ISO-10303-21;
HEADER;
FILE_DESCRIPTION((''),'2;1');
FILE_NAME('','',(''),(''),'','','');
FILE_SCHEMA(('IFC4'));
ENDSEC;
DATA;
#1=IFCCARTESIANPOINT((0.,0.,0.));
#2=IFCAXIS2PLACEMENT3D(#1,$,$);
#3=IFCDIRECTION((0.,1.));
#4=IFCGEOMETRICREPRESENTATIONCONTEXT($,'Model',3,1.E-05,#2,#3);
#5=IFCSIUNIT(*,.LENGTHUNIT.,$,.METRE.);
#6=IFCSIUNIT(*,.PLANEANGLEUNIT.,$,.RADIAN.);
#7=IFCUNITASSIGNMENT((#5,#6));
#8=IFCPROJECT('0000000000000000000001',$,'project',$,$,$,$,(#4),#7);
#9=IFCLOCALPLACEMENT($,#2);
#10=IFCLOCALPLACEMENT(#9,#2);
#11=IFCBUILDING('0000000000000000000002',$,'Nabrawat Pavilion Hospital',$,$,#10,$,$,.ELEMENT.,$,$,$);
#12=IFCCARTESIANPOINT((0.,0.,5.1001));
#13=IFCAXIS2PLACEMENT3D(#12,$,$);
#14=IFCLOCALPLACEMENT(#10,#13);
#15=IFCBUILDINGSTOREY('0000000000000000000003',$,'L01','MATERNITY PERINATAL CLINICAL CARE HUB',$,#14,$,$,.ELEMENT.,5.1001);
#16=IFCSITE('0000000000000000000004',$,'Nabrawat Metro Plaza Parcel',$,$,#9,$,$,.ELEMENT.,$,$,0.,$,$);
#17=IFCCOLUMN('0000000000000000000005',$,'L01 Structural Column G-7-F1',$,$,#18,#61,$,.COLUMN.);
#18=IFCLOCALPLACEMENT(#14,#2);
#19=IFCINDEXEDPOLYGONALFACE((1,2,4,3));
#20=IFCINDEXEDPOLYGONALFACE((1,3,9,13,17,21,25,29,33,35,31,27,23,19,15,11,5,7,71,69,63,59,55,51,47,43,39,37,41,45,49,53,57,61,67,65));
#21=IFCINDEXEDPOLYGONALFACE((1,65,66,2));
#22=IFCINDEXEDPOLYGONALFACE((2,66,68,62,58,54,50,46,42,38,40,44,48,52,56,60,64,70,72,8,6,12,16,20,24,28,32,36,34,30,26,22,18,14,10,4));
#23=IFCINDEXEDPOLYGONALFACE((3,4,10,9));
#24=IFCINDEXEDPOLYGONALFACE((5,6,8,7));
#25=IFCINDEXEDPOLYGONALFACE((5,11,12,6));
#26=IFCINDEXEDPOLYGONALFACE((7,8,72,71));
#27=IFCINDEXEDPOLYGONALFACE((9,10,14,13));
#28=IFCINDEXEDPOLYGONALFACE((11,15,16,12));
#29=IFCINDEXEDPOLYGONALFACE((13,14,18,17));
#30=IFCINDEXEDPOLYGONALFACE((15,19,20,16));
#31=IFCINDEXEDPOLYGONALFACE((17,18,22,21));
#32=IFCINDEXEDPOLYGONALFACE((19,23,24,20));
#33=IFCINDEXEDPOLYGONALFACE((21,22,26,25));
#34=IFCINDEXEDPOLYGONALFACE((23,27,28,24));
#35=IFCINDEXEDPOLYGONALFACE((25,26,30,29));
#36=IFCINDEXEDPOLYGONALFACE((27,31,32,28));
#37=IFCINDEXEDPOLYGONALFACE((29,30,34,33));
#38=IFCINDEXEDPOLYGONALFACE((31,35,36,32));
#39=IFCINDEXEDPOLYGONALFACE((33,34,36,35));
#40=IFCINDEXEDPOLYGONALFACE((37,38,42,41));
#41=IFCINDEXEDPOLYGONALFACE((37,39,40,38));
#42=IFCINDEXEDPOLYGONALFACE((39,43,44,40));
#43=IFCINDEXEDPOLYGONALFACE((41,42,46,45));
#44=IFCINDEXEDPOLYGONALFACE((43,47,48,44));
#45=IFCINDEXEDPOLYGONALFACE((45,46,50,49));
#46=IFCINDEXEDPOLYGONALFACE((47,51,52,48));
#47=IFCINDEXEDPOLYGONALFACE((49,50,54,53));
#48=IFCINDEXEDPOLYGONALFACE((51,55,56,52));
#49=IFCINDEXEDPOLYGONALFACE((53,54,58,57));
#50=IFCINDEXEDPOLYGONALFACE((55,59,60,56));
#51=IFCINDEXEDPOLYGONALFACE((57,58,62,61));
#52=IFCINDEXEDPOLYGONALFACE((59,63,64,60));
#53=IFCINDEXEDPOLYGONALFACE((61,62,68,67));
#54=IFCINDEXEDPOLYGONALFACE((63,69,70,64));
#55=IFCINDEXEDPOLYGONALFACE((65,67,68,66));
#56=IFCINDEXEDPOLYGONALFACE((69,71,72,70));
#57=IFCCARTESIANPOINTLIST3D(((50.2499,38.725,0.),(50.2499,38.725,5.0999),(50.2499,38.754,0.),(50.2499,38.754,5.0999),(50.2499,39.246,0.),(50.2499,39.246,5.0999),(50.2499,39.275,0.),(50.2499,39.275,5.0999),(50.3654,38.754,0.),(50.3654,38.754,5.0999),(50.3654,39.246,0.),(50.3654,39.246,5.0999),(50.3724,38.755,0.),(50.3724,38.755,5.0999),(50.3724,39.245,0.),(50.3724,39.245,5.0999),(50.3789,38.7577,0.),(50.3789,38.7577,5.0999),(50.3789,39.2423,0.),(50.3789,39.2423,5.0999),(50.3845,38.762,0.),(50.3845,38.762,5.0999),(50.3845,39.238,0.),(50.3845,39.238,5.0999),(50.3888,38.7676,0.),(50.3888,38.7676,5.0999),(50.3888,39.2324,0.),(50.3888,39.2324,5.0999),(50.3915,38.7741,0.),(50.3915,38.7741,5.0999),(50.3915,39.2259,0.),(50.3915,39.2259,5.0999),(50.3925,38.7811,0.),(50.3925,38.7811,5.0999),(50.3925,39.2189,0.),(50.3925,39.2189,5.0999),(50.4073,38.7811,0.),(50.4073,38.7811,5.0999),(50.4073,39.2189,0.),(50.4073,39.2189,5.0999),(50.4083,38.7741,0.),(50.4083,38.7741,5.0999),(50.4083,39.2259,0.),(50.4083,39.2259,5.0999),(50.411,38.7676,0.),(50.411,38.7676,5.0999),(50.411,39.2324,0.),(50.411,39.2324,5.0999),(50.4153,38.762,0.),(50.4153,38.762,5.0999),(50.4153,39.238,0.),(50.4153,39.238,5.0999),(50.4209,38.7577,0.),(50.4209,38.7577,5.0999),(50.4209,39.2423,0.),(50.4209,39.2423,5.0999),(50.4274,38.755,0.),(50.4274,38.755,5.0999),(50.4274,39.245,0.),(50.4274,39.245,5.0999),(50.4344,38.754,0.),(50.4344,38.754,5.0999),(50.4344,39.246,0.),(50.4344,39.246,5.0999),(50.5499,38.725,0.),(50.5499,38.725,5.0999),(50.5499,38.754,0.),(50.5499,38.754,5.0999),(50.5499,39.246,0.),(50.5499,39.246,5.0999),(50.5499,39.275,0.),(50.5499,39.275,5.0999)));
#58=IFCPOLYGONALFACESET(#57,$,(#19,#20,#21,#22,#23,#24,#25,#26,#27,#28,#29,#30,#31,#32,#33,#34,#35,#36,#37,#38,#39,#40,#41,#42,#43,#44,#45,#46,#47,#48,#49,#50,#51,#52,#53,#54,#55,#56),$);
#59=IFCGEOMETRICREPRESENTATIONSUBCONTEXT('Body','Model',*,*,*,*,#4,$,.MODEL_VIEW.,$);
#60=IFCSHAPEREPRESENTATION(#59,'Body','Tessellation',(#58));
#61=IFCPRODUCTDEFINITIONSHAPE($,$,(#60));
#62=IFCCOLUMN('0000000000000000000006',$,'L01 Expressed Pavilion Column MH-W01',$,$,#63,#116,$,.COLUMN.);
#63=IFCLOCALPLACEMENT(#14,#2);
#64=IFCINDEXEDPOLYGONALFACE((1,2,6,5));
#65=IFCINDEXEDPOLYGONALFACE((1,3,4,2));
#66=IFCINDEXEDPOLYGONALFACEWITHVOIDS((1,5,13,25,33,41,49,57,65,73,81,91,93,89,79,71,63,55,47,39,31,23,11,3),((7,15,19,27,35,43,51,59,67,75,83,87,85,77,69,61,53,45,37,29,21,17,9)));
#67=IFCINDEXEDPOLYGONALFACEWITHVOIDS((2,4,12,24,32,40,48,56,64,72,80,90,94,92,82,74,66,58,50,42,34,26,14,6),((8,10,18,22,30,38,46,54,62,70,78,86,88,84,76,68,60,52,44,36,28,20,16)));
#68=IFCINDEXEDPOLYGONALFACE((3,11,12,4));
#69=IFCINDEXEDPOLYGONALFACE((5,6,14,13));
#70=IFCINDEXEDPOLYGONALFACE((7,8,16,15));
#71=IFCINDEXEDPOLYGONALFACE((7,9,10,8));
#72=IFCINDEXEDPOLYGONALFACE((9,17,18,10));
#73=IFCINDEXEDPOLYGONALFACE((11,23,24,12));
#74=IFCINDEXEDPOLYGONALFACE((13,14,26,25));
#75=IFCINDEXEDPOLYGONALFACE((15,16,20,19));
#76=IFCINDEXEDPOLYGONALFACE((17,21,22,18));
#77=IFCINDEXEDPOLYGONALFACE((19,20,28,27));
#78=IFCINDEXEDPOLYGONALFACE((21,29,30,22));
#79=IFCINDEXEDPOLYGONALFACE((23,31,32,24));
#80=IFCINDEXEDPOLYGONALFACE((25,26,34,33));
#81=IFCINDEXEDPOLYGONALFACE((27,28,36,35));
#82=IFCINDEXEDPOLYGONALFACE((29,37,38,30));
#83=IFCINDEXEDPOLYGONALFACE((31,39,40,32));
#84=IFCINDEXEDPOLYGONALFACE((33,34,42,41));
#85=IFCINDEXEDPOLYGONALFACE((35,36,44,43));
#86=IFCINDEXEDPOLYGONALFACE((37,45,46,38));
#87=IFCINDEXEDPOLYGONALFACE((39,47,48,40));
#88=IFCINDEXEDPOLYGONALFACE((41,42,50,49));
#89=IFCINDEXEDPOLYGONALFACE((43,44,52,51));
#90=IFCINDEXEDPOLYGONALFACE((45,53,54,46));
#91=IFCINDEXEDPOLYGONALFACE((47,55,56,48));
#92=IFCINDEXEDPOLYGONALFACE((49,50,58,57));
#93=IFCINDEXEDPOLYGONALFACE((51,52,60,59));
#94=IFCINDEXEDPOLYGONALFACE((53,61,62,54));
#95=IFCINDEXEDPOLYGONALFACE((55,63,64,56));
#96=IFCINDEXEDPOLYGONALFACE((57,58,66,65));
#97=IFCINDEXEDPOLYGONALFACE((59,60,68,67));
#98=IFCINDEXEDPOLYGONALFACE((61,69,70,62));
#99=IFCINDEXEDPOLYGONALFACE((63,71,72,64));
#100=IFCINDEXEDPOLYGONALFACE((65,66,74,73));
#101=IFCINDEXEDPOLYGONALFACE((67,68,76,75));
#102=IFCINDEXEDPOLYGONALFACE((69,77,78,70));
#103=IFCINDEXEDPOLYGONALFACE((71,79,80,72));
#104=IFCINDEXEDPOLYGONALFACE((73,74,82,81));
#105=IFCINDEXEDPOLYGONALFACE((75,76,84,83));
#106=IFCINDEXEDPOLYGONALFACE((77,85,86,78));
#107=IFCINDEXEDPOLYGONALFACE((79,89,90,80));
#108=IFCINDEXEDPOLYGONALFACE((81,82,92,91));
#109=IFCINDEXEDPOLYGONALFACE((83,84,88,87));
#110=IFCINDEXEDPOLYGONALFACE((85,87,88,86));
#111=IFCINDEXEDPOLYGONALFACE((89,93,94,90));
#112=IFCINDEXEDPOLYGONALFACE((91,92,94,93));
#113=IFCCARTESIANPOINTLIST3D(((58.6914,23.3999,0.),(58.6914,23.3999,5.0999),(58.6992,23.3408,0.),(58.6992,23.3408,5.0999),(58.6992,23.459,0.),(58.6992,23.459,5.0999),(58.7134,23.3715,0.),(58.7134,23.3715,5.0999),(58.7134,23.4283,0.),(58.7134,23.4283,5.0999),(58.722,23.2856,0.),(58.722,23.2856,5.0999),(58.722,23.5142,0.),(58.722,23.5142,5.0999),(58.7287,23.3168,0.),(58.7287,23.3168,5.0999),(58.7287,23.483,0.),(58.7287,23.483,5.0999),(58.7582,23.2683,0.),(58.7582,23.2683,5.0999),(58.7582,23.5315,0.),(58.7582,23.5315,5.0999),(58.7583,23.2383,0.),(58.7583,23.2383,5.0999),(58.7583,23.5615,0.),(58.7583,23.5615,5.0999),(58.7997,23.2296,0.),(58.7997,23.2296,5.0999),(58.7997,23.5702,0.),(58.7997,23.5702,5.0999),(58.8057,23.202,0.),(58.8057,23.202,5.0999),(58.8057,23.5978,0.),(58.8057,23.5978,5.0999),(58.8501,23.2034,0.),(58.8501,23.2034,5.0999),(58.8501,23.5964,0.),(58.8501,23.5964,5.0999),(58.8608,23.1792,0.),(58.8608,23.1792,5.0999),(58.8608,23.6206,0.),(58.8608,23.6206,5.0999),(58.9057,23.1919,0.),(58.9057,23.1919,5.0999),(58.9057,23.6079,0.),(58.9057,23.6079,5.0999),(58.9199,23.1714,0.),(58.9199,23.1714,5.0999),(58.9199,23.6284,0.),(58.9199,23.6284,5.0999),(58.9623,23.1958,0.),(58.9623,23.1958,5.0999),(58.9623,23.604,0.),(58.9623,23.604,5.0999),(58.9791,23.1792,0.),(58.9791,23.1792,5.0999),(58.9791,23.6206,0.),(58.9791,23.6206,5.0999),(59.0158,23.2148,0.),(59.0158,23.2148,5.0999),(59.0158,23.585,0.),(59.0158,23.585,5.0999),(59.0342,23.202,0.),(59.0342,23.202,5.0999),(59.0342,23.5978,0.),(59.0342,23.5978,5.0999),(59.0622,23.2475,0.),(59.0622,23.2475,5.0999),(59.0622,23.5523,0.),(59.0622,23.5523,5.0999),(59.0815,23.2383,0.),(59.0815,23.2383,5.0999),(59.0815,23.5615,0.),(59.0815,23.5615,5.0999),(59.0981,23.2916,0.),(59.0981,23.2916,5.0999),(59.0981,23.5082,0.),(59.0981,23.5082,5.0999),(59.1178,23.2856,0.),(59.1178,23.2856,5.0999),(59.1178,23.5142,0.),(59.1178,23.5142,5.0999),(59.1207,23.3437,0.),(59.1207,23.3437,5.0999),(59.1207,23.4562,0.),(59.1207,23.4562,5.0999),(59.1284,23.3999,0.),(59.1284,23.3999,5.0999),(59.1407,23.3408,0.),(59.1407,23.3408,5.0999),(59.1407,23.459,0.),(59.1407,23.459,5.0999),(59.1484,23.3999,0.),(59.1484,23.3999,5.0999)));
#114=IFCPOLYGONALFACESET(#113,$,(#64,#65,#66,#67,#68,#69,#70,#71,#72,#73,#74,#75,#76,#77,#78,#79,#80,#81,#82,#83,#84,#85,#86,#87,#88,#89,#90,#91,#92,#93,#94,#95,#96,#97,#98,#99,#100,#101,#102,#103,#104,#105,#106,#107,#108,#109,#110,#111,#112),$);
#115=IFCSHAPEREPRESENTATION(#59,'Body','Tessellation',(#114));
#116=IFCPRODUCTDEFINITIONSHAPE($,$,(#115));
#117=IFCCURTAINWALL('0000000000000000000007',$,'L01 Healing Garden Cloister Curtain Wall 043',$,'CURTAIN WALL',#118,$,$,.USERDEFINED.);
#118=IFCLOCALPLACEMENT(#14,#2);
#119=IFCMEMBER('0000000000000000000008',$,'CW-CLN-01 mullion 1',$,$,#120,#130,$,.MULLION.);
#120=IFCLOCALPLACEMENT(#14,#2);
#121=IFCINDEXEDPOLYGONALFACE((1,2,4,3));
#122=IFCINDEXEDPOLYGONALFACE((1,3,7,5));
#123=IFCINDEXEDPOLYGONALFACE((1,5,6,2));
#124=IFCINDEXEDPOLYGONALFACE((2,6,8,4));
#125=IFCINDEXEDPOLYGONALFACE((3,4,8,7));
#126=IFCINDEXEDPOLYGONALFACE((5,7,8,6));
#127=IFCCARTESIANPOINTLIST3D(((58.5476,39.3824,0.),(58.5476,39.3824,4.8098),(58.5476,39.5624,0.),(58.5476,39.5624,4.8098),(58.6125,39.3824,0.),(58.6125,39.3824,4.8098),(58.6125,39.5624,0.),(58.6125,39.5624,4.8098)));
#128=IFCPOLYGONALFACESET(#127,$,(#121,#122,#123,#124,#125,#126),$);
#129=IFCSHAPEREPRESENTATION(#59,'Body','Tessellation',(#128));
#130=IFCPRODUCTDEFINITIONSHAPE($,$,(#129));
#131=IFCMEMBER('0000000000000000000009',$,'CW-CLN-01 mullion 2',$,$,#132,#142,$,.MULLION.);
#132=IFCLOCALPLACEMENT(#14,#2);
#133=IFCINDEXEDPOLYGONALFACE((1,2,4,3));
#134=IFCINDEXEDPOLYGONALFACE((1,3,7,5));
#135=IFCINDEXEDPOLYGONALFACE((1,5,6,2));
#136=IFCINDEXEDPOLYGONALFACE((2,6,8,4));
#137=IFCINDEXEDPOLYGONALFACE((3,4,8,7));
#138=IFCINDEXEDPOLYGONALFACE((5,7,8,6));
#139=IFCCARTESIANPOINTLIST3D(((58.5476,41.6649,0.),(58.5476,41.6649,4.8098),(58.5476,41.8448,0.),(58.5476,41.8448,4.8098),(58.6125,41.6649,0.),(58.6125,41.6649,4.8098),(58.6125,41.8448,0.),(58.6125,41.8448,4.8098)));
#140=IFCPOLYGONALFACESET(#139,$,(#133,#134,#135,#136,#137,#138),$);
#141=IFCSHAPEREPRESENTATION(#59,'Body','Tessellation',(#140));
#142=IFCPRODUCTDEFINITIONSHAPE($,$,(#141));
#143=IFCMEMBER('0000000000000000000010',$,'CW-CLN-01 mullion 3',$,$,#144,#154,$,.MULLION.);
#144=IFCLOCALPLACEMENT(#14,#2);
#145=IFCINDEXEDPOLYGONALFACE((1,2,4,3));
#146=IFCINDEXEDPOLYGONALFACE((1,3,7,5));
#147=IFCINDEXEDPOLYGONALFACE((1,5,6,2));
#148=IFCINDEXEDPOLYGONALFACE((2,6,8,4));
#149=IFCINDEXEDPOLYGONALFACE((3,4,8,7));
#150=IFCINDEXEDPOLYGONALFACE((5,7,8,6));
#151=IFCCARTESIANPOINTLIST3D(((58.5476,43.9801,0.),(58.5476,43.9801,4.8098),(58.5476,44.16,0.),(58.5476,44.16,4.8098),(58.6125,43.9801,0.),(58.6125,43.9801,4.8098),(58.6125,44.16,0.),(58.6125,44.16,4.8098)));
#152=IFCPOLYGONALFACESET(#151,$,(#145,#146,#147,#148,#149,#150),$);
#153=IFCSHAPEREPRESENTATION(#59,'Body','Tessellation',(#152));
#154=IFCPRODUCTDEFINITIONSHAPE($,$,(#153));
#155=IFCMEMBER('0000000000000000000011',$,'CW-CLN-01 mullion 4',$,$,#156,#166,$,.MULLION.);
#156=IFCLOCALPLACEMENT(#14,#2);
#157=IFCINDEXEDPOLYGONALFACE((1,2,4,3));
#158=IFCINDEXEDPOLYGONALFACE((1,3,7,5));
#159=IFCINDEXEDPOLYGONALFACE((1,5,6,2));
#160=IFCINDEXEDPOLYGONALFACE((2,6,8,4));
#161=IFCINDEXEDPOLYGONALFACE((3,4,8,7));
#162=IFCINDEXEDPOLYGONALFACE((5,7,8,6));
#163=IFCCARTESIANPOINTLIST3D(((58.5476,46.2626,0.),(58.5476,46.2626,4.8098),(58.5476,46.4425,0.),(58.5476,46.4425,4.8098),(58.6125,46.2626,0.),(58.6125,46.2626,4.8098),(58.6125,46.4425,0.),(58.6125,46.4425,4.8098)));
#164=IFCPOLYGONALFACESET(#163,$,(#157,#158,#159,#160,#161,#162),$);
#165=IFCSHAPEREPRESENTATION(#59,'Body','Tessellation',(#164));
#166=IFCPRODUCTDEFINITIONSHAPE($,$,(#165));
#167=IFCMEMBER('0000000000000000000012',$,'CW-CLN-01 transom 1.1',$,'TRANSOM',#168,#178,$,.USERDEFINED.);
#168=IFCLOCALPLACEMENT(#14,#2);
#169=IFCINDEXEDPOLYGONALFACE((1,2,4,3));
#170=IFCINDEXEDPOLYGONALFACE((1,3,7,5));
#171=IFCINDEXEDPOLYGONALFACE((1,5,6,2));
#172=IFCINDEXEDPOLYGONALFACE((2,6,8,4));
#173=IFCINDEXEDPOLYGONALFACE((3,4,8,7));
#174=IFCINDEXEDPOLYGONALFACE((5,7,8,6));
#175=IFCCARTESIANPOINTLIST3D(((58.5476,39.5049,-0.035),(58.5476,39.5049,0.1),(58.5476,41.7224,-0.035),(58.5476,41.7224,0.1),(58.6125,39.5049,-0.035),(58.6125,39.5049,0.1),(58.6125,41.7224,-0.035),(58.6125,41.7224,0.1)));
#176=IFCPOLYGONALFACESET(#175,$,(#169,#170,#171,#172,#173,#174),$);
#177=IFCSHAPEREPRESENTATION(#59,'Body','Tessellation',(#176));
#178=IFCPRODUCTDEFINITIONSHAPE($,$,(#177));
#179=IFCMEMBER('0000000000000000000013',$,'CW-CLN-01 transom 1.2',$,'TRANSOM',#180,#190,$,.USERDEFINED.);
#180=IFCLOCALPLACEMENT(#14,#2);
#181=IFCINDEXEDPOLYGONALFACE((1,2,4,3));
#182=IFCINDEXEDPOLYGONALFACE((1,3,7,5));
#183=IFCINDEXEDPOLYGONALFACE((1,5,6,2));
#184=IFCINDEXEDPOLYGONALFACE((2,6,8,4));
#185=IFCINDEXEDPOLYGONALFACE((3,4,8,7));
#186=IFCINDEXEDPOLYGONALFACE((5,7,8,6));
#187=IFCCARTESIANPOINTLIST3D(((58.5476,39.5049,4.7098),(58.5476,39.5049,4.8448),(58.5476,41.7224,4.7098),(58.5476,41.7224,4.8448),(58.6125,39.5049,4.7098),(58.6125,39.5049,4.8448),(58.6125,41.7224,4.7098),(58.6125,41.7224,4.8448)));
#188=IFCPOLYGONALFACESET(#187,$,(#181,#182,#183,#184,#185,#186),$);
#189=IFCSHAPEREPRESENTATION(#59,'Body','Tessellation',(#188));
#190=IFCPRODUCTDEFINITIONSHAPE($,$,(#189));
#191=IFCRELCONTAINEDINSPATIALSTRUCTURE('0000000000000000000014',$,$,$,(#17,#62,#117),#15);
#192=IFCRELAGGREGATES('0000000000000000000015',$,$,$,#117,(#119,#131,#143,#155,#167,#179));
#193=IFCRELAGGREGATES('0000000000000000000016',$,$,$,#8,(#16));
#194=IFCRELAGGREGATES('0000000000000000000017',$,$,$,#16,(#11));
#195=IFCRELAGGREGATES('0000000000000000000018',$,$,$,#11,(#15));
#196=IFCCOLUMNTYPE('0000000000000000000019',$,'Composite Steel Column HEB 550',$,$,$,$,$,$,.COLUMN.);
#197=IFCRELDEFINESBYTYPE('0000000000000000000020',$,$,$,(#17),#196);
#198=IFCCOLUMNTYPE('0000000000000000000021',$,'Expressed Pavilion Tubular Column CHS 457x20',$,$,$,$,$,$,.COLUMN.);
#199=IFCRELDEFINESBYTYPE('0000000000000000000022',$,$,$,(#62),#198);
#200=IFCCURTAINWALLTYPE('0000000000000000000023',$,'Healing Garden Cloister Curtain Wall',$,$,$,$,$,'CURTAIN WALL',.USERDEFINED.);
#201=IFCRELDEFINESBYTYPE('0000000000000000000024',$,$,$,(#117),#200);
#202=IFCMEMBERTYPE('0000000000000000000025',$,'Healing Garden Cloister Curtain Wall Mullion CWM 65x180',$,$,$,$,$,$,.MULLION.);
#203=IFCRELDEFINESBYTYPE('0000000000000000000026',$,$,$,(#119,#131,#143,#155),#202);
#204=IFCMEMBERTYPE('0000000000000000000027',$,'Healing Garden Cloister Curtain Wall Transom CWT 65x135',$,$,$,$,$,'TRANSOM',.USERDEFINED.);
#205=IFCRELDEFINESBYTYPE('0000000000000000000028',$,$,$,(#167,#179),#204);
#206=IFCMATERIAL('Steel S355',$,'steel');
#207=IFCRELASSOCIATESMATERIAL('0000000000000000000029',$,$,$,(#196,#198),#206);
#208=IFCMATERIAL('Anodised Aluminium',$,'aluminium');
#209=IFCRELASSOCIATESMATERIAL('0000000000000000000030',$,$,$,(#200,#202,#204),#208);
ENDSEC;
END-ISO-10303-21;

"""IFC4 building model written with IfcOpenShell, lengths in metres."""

from ifc_helpers import new_model, si_unit, direction, frame, origin, origin_2d, place, context, subcontext, project, spatial, rectangle, hollow_circle, i_section, extrude, material, material_profile, profile_set, type_object, element, aggregate, save


model = new_model("IFC4")

# Units and contexts
model_context = context("Model", 3, precision=1e-05, world=origin(), true_north=direction((0.0, 1.0)))
body_context = subcontext(model_context, "Body", "Model", "MODEL_VIEW")
ifc_project = project(units=[si_unit("LENGTHUNIT", "METRE"), si_unit("PLANEANGLEUNIT", "RADIAN")], contexts=[model_context])

# Site, building, storey
site_placement = place(None, origin())
site = spatial("IfcSite", under=ifc_project, at=site_placement, Name="Nabrawat Metro Plaza Parcel", CompositionType="ELEMENT", RefElevation=0.0)
building_placement = place(site_placement, origin())
building = spatial("IfcBuilding", under=site, at=building_placement, Name="Nabrawat Pavilion Hospital", CompositionType="ELEMENT")
storey_placement = place(building_placement, frame((0.0, 0.0, 5.1001)))
storey = spatial("IfcBuildingStorey", under=building, at=storey_placement, Name="L01", Description="MATERNITY PERINATAL CLINICAL CARE HUB", CompositionType="ELEMENT", Elevation=5.1001)

# Columns
ifc_material_1 = material(Name="Steel S355", Category="steel")
ifc_material_profile_1 = material_profile(ifc_material_1, i_section(OverallWidth=0.3, OverallDepth=0.55, WebThickness=0.0149, FlangeThickness=0.0291, FilletRadius=0.0271, at=origin_2d()), Name="HEB 550")
ifc_profile_set_1 = profile_set([ifc_material_profile_1], Name="Steel S355")
column_type_1 = type_object("IfcColumnType", Name="Composite Steel Column HEB 550", PredefinedType="COLUMN", material=ifc_profile_set_1)
for number, where, z_axis, x_axis, name in (
    (1, (50.3999, 39.0, 0.0), (0.0, 0.0, 1.0), (1.0, 0.0, 0.0), "L01 Structural Column G-7-F1"),
):
    element("IfcColumn", number, at=place(storey_placement, frame(where, z_axis=z_axis, x_axis=x_axis)), inside=storey, type_object=column_type_1, Name=name, PredefinedType="COLUMN", context=body_context, shape_type="SweptSolid", body=[
        extrude(i_section(OverallWidth=0.3, OverallDepth=0.55, WebThickness=0.0149, FlangeThickness=0.0291, FilletRadius=0.0271, at=origin_2d()), origin(), (0.0, 0.0, 1.0), 5.0999),
    ])
ifc_material_profile_2 = material_profile(ifc_material_1, hollow_circle(Radius=0.2285, WallThickness=0.02, at=origin_2d()), Name="CHS 457x20")
ifc_profile_set_2 = profile_set([ifc_material_profile_2], Name="Steel S355")
column_type_2 = type_object("IfcColumnType", Name="Expressed Pavilion Tubular Column CHS 457x20", PredefinedType="COLUMN", material=ifc_profile_set_2)
column_1_placement = place(storey_placement, frame((58.9199, 23.3999, 0.0), z_axis=(0.0, 0.0, 1.0), x_axis=(1.0, 0.0, 0.0)))
element("IfcColumn", 2, at=column_1_placement, inside=storey, type_object=column_type_2, Name="L01 Expressed Pavilion Column MH-W01", PredefinedType="COLUMN", context=body_context, shape_type="SweptSolid", body=[
    extrude(hollow_circle(Radius=0.2285, WallThickness=0.02, at=origin_2d()), origin(), (0.0, 0.0, 1.0), 5.0999),
])

# Curtain wall, members
ifc_material_2 = material(Name="Anodised Aluminium", Category="aluminium")
curtain_wall_type = type_object("IfcCurtainWallType", Name="Healing Garden Cloister Curtain Wall", ElementType="CURTAIN WALL", PredefinedType="USERDEFINED", material=ifc_material_2)
curtain_wall_placement = place(storey_placement, origin())
curtain_wall = element("IfcCurtainWall", 3, at=curtain_wall_placement, inside=storey, type_object=curtain_wall_type, Name="L01 Healing Garden Cloister Curtain Wall 043", ObjectType="CURTAIN WALL", PredefinedType="USERDEFINED")
ifc_material_profile_3 = material_profile(ifc_material_2, rectangle(XDim=0.0649, YDim=0.1799, at=origin_2d()), Name="CWM 65x180")
ifc_profile_set_3 = profile_set([ifc_material_profile_3], Name="Anodised Aluminium")
member_type_1 = type_object("IfcMemberType", Name="Healing Garden Cloister Curtain Wall Mullion CWM 65x180", PredefinedType="MULLION", material=ifc_profile_set_3)
member_1_placement = place(storey_placement, frame((58.5801, 39.4724, 0.0), z_axis=(0.0, 0.0, 1.0), x_axis=(-1.0, 0.0, 0.0)))
member_1 = element("IfcMember", 4, at=member_1_placement, type_object=member_type_1, Name="CW-CLN-01 mullion 1", PredefinedType="MULLION", context=body_context, shape_type="SweptSolid", body=[
    extrude(rectangle(XDim=0.0649, YDim=0.1799, at=origin_2d()), origin(), (0.0, 0.0, 1.0), 4.8098),
])
member_2_placement = place(storey_placement, frame((58.5801, 41.7549, 0.0), z_axis=(0.0, 0.0, 1.0), x_axis=(-1.0, 0.0, 0.0)))
member_2 = element("IfcMember", 5, at=member_2_placement, type_object=member_type_1, Name="CW-CLN-01 mullion 2", PredefinedType="MULLION", context=body_context, shape_type="SweptSolid", body=[
    extrude(rectangle(XDim=0.0649, YDim=0.1799, at=origin_2d()), origin(), (0.0, 0.0, 1.0), 4.8098),
])
member_3_placement = place(storey_placement, frame((58.5801, 44.0701, 0.0), z_axis=(0.0, 0.0, 1.0), x_axis=(-1.0, 0.0, 0.0)))
member_3 = element("IfcMember", 6, at=member_3_placement, type_object=member_type_1, Name="CW-CLN-01 mullion 3", PredefinedType="MULLION", context=body_context, shape_type="SweptSolid", body=[
    extrude(rectangle(XDim=0.0649, YDim=0.1799, at=origin_2d()), origin(), (0.0, 0.0, 1.0), 4.8098),
])
member_4_placement = place(storey_placement, frame((58.5801, 46.3525, 0.0), z_axis=(0.0, 0.0, 1.0), x_axis=(-1.0, 0.0, 0.0)))
member_4 = element("IfcMember", 7, at=member_4_placement, type_object=member_type_1, Name="CW-CLN-01 mullion 4", PredefinedType="MULLION", context=body_context, shape_type="SweptSolid", body=[
    extrude(rectangle(XDim=0.0649, YDim=0.1799, at=origin_2d()), origin(), (0.0, 0.0, 1.0), 4.8098),
])
ifc_material_profile_4 = material_profile(ifc_material_2, rectangle(XDim=0.0649, YDim=0.135, at=origin_2d()), Name="CWT 65x135")
ifc_profile_set_4 = profile_set([ifc_material_profile_4], Name="Anodised Aluminium")
member_type_2 = type_object("IfcMemberType", Name="Healing Garden Cloister Curtain Wall Transom CWT 65x135", ElementType="TRANSOM", PredefinedType="USERDEFINED", material=ifc_profile_set_4)
member_5_placement = place(storey_placement, frame((58.5801, 39.5049, 0.0325), z_axis=(0.0, 1.0, 0.0), x_axis=(-1.0, 0.0, 0.0)))
member_5 = element("IfcMember", 8, at=member_5_placement, type_object=member_type_2, Name="CW-CLN-01 transom 1.1", ObjectType="TRANSOM", PredefinedType="USERDEFINED", context=body_context, shape_type="SweptSolid", body=[
    extrude(rectangle(XDim=0.0649, YDim=0.135, at=origin_2d()), origin(), (0.0, 0.0, 1.0), 2.2175),
])
member_6_placement = place(storey_placement, frame((58.5801, 39.5049, 4.7773), z_axis=(0.0, 1.0, 0.0), x_axis=(-1.0, 0.0, 0.0)))
member_6 = element("IfcMember", 9, at=member_6_placement, type_object=member_type_2, Name="CW-CLN-01 transom 1.2", ObjectType="TRANSOM", PredefinedType="USERDEFINED", context=body_context, shape_type="SweptSolid", body=[
    extrude(rectangle(XDim=0.0649, YDim=0.135, at=origin_2d()), origin(), (0.0, 0.0, 1.0), 2.2175),
])

aggregate(curtain_wall, [member_1, member_2, member_3, member_4, member_5, member_6])

save(model, "model.ifc")
